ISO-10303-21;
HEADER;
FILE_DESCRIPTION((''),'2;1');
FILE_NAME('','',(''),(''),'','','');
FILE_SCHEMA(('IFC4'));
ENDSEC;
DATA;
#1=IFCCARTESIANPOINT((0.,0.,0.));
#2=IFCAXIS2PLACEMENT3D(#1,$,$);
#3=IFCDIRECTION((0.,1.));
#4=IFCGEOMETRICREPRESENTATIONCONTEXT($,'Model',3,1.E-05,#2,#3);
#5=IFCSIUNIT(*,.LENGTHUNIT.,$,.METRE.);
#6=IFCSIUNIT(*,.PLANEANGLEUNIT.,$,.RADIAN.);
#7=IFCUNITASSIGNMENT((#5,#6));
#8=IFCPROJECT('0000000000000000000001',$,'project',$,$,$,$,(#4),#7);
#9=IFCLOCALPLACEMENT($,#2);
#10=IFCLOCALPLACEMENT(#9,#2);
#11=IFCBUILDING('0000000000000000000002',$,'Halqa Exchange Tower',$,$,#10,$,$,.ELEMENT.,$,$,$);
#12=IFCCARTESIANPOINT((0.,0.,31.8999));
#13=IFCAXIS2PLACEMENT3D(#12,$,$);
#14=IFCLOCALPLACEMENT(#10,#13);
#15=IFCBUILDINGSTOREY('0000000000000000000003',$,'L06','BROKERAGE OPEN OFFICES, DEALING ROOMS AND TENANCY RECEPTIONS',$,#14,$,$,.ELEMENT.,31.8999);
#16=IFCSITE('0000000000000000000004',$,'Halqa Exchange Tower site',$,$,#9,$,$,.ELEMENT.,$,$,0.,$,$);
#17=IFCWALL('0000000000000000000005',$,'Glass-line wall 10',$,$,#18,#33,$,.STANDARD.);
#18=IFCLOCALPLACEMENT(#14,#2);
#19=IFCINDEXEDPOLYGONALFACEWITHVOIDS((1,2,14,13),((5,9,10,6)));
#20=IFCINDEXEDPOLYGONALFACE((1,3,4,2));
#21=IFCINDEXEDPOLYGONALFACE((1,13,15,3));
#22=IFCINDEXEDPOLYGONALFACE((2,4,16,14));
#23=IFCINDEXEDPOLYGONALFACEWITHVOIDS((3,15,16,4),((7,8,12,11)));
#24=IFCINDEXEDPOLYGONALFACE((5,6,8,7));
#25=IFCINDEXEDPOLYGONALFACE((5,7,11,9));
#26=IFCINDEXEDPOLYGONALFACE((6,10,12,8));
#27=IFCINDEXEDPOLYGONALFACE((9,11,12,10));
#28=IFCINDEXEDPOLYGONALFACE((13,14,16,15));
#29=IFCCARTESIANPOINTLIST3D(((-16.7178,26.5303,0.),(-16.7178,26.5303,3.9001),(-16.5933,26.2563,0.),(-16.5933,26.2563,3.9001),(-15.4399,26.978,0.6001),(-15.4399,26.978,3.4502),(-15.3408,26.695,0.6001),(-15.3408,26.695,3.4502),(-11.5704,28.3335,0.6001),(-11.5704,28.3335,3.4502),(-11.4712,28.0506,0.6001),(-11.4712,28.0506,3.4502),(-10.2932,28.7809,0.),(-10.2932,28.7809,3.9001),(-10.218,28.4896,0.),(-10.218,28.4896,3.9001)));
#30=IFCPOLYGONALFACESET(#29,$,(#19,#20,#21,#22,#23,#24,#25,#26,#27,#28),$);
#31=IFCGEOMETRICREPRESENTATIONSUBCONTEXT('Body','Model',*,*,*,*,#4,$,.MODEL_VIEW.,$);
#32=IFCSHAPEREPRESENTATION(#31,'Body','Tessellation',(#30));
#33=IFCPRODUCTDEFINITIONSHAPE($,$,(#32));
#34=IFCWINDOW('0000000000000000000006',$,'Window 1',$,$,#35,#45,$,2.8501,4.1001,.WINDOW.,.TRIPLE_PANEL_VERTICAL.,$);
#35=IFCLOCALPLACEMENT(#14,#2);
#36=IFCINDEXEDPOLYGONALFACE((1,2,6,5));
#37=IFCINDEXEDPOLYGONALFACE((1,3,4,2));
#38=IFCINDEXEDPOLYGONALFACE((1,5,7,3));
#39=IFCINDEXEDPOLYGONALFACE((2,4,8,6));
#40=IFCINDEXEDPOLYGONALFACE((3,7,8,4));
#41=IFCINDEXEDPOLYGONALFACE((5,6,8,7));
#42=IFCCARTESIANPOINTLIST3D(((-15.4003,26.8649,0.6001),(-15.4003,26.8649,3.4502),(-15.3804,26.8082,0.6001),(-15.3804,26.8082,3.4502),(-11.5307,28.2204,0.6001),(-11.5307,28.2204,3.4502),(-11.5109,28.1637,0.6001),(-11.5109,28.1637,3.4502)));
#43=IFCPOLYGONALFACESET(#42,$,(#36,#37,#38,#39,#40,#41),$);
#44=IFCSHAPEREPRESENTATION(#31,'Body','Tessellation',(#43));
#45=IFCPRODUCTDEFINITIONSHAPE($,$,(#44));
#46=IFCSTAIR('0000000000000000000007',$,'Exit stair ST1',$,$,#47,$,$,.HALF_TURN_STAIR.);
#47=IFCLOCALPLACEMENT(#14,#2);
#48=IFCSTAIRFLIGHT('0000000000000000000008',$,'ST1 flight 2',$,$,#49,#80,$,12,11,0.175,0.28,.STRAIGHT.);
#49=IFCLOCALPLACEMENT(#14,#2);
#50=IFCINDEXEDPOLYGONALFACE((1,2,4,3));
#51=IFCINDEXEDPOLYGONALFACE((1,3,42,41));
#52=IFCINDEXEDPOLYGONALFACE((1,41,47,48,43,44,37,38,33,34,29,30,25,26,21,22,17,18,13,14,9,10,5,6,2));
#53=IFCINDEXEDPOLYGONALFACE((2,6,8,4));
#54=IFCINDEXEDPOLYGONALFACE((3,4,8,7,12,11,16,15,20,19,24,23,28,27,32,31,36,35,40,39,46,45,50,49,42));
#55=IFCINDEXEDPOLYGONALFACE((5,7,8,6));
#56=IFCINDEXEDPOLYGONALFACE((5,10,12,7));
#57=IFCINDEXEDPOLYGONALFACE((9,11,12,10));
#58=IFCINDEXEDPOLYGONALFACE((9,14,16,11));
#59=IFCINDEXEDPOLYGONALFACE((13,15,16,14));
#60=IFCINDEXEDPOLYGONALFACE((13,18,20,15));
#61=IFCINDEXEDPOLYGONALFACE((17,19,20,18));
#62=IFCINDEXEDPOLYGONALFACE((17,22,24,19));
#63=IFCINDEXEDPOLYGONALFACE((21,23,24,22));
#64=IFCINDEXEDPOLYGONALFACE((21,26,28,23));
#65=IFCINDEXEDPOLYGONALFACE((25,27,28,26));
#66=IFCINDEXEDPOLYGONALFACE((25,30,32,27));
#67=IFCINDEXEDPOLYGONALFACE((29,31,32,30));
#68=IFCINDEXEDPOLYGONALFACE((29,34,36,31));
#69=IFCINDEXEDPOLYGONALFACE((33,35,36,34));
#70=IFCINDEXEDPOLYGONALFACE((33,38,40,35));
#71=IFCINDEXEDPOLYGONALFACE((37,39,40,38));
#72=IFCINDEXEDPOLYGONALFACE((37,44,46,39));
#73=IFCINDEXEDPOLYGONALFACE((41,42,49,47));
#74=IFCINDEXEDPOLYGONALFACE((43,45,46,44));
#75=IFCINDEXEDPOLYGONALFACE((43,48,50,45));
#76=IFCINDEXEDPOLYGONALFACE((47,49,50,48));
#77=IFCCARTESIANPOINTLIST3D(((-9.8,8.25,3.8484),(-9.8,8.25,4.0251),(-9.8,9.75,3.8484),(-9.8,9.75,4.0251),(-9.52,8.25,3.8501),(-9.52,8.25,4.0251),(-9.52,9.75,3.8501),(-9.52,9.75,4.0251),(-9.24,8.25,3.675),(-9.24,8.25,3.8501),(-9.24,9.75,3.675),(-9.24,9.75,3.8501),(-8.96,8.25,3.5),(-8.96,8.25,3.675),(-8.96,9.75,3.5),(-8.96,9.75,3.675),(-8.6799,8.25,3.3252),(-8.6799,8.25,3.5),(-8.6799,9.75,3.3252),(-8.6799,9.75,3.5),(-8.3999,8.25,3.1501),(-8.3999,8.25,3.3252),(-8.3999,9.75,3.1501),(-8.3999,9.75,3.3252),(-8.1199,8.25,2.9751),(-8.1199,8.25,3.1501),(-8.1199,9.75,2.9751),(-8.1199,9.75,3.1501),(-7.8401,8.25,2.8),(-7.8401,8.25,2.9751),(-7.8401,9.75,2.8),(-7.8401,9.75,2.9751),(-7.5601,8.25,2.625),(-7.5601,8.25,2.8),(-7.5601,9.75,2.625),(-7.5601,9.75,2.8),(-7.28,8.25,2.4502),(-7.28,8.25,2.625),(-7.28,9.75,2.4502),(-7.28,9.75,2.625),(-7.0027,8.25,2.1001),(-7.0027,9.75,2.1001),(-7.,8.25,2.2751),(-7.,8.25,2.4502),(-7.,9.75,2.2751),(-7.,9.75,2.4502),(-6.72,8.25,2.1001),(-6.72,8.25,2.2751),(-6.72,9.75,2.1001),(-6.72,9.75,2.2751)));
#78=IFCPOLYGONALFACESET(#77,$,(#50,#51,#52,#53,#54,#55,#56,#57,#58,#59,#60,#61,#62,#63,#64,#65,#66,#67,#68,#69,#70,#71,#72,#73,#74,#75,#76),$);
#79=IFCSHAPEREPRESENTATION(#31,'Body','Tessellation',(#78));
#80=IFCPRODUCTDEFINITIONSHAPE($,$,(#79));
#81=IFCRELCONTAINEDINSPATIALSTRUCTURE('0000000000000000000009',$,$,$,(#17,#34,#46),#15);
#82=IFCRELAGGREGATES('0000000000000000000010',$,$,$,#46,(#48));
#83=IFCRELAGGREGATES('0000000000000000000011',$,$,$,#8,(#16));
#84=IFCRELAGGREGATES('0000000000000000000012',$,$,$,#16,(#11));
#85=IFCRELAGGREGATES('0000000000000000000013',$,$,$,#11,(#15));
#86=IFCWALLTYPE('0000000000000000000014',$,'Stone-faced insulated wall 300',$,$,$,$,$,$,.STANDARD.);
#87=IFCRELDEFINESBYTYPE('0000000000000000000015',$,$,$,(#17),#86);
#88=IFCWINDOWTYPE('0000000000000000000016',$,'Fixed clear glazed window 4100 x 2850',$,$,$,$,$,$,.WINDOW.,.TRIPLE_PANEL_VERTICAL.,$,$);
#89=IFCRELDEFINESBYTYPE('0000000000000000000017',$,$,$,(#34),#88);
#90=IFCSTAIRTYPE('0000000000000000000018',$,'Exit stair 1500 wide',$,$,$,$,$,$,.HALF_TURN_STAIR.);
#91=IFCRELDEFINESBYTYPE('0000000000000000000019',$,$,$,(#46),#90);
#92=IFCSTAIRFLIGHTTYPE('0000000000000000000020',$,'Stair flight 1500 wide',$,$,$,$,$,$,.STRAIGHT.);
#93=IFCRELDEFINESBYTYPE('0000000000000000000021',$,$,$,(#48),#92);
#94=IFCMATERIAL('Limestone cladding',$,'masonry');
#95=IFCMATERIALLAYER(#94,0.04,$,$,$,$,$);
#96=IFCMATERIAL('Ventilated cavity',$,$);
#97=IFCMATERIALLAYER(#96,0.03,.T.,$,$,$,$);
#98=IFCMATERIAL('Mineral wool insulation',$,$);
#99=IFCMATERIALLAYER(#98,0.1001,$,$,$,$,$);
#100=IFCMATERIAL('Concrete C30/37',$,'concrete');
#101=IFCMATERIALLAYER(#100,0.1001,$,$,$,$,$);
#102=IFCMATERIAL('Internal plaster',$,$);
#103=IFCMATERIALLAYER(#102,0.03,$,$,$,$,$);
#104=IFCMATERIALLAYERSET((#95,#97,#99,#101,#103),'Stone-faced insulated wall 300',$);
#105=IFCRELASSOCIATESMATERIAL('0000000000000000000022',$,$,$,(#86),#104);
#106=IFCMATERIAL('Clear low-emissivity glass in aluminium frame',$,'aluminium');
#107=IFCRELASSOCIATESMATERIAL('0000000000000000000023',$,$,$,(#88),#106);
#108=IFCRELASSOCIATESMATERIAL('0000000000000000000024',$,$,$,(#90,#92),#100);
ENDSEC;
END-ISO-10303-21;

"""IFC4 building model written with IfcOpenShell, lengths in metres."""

from ifc_helpers import new_model, si_unit, direction, frame, frame_2d, origin, place, context, subcontext, project, spatial, polyline, rectangle, outline, extrude, material, layer, layer_set, type_object, element, fill, aggregate, save


model = new_model("IFC4")

# Units and contexts
model_context = context("Model", 3, precision=1e-05, world=origin(), true_north=direction((0.0, 1.0)))
body_context = subcontext(model_context, "Body", "Model", "MODEL_VIEW")
ifc_project = project(units=[si_unit("LENGTHUNIT", "METRE"), si_unit("PLANEANGLEUNIT", "RADIAN")], contexts=[model_context])

# Site, building, storey
site_placement = place(None, origin())
site = spatial("IfcSite", under=ifc_project, at=site_placement, Name="Halqa Exchange Tower site", CompositionType="ELEMENT", RefElevation=0.0)
building_placement = place(site_placement, origin())
building = spatial("IfcBuilding", under=site, at=building_placement, Name="Halqa Exchange Tower", CompositionType="ELEMENT")
storey_placement = place(building_placement, frame((0.0, 0.0, 31.8999)))
storey = spatial("IfcBuildingStorey", under=building, at=storey_placement, Name="L06", Description="BROKERAGE OPEN OFFICES, DEALING ROOMS AND TENANCY RECEPTIONS", CompositionType="ELEMENT", Elevation=31.8999)

# Shared definitions
ifc_material_1 = material(Name="Concrete C30/37", Category="concrete")

# Wall, opening, window
ifc_material_2 = material(Name="Limestone cladding", Category="masonry")
ifc_layer_1 = layer(ifc_material_2, 0.04)
ifc_material_3 = material(Name="Ventilated cavity")
ifc_layer_2 = layer(ifc_material_3, 0.03, ventilated=True)
ifc_material_4 = material(Name="Mineral wool insulation")
ifc_layer_3 = layer(ifc_material_4, 0.1001)
ifc_layer_4 = layer(ifc_material_1, 0.1001)
ifc_material_5 = material(Name="Internal plaster")
ifc_layer_5 = layer(ifc_material_5, 0.03)
ifc_layer_set_1 = layer_set([ifc_layer_1, ifc_layer_2, ifc_layer_3, ifc_layer_4, ifc_layer_5], Name="Stone-faced insulated wall 300")
wall_type_1 = type_object("IfcWallType", Name="Stone-faced insulated wall 300", PredefinedType="STANDARD", material=ifc_layer_set_1)
ifc_material_6 = material(Name="Clear low-emissivity glass in aluminium frame", Category="aluminium")
window_type = type_object("IfcWindowType", Name="Fixed clear glazed window 4100 x 2850", PartitioningType="TRIPLE_PANEL_VERTICAL", PredefinedType="WINDOW", material=ifc_material_6)
wall_1_placement = place(storey_placement, frame((-10.2556, 28.6353, 0.0), z_axis=(0.0, 0.0, 1.0), x_axis=(-0.943767, -0.33061, 0.0)))
wall_1 = element("IfcWall", 1, at=wall_1_placement, inside=storey, type_object=wall_type_1, Name="Glass-line wall 10", PredefinedType="STANDARD", context=body_context, shape_type="SweptSolid", body=[
    extrude(outline(polyline([(-0.0127, -0.1499), (6.7947, -0.1499), (6.7678, 0.1499), (0.0127, 0.1499), (-0.0127, -0.1499)])), origin(), (0.0, 0.0, 1.0), 3.9001),
])
opening_1_placement = place(wall_1_placement, frame((1.3406, 0.0, 0.6001)))
opening_1 = element("IfcOpeningElement", 2, at=opening_1_placement, cuts=wall_1, PredefinedType="OPENING", context=body_context, shape_type="SweptSolid", body=[
    extrude(rectangle(XDim=4.1001, YDim=2.8501, at=frame_2d((2.05, 1.425))), frame((0.0, 0.1621, 0.0), z_axis=(0.0, -1.0, 0.0), x_axis=(1.0, 0.0, 0.0)), (0.0, 0.0, 1.0), 0.324),
])
window_1_placement = place(opening_1_placement, origin())
window_1 = element("IfcWindow", 3, at=window_1_placement, inside=storey, type_object=window_type, Name="Window 1", OverallHeight=2.8501, OverallWidth=4.1001, PartitioningType="TRIPLE_PANEL_VERTICAL", PredefinedType="WINDOW", context=body_context, shape_type="SweptSolid", body=[
    extrude(rectangle(XDim=4.1001, YDim=2.8501, at=frame_2d((2.05, 1.425))), frame((0.0, 0.03, 0.0), z_axis=(0.0, -1.0, 0.0), x_axis=(1.0, 0.0, 0.0)), (0.0, 0.0, 1.0), 0.0601),
])
fill(opening_1, window_1)

# Stair, stair flight
stair_type = type_object("IfcStairType", Name="Exit stair 1500 wide", PredefinedType="HALF_TURN_STAIR", material=ifc_material_1)
stair_placement = place(storey_placement, origin())
stair = element("IfcStair", 4, at=stair_placement, inside=storey, type_object=stair_type, Name="Exit stair ST1", PredefinedType="HALF_TURN_STAIR")
stair_flight_type = type_object("IfcStairFlightType", Name="Stair flight 1500 wide", PredefinedType="STRAIGHT", material=ifc_material_1)
stair_flight_placement = place(storey_placement, frame((-6.72, 9.0, 2.1001), z_axis=(0.0, 0.0, 1.0), x_axis=(-1.0, 0.0, 0.0)))
stair_flight = element("IfcStairFlight", 5, at=stair_flight_placement, type_object=stair_flight_type, Name="ST1 flight 2", NumberOfRisers=12, NumberOfTreads=11, PredefinedType="STRAIGHT", RiserHeight=0.175, TreadLength=0.28, context=body_context, shape_type="SweptSolid", body=[
    extrude(outline(polyline([(0.0, 0.0), (0.0, 0.175), (0.28, 0.175), (0.28, 0.3501), (0.5601, 0.3501), (0.5601, 0.5249), (0.8401, 0.5249), (0.8401, 0.7), (1.1201, 0.7), (1.1201, 0.875), (1.3999, 0.875), (1.3999, 1.05), (1.6799, 1.05), (1.6799, 1.2251), (1.96, 1.2251), (1.96, 1.3999), (2.24, 1.3999), (2.24, 1.575), (2.52, 1.575), (2.52, 1.75), (2.8, 1.75), (2.8, 1.925), (3.0801, 1.925), (3.0801, 2.1001), (3.0801, 1.7483), (0.2827, 0.0), (0.0, 0.0)])), frame((0.0, 0.75, 0.0), z_axis=(0.0, -1.0, 0.0), x_axis=(1.0, 0.0, 0.0)), (0.0, 0.0, 1.0), 1.5),
])
aggregate(stair, [stair_flight])

save(model, "model.ifc")
